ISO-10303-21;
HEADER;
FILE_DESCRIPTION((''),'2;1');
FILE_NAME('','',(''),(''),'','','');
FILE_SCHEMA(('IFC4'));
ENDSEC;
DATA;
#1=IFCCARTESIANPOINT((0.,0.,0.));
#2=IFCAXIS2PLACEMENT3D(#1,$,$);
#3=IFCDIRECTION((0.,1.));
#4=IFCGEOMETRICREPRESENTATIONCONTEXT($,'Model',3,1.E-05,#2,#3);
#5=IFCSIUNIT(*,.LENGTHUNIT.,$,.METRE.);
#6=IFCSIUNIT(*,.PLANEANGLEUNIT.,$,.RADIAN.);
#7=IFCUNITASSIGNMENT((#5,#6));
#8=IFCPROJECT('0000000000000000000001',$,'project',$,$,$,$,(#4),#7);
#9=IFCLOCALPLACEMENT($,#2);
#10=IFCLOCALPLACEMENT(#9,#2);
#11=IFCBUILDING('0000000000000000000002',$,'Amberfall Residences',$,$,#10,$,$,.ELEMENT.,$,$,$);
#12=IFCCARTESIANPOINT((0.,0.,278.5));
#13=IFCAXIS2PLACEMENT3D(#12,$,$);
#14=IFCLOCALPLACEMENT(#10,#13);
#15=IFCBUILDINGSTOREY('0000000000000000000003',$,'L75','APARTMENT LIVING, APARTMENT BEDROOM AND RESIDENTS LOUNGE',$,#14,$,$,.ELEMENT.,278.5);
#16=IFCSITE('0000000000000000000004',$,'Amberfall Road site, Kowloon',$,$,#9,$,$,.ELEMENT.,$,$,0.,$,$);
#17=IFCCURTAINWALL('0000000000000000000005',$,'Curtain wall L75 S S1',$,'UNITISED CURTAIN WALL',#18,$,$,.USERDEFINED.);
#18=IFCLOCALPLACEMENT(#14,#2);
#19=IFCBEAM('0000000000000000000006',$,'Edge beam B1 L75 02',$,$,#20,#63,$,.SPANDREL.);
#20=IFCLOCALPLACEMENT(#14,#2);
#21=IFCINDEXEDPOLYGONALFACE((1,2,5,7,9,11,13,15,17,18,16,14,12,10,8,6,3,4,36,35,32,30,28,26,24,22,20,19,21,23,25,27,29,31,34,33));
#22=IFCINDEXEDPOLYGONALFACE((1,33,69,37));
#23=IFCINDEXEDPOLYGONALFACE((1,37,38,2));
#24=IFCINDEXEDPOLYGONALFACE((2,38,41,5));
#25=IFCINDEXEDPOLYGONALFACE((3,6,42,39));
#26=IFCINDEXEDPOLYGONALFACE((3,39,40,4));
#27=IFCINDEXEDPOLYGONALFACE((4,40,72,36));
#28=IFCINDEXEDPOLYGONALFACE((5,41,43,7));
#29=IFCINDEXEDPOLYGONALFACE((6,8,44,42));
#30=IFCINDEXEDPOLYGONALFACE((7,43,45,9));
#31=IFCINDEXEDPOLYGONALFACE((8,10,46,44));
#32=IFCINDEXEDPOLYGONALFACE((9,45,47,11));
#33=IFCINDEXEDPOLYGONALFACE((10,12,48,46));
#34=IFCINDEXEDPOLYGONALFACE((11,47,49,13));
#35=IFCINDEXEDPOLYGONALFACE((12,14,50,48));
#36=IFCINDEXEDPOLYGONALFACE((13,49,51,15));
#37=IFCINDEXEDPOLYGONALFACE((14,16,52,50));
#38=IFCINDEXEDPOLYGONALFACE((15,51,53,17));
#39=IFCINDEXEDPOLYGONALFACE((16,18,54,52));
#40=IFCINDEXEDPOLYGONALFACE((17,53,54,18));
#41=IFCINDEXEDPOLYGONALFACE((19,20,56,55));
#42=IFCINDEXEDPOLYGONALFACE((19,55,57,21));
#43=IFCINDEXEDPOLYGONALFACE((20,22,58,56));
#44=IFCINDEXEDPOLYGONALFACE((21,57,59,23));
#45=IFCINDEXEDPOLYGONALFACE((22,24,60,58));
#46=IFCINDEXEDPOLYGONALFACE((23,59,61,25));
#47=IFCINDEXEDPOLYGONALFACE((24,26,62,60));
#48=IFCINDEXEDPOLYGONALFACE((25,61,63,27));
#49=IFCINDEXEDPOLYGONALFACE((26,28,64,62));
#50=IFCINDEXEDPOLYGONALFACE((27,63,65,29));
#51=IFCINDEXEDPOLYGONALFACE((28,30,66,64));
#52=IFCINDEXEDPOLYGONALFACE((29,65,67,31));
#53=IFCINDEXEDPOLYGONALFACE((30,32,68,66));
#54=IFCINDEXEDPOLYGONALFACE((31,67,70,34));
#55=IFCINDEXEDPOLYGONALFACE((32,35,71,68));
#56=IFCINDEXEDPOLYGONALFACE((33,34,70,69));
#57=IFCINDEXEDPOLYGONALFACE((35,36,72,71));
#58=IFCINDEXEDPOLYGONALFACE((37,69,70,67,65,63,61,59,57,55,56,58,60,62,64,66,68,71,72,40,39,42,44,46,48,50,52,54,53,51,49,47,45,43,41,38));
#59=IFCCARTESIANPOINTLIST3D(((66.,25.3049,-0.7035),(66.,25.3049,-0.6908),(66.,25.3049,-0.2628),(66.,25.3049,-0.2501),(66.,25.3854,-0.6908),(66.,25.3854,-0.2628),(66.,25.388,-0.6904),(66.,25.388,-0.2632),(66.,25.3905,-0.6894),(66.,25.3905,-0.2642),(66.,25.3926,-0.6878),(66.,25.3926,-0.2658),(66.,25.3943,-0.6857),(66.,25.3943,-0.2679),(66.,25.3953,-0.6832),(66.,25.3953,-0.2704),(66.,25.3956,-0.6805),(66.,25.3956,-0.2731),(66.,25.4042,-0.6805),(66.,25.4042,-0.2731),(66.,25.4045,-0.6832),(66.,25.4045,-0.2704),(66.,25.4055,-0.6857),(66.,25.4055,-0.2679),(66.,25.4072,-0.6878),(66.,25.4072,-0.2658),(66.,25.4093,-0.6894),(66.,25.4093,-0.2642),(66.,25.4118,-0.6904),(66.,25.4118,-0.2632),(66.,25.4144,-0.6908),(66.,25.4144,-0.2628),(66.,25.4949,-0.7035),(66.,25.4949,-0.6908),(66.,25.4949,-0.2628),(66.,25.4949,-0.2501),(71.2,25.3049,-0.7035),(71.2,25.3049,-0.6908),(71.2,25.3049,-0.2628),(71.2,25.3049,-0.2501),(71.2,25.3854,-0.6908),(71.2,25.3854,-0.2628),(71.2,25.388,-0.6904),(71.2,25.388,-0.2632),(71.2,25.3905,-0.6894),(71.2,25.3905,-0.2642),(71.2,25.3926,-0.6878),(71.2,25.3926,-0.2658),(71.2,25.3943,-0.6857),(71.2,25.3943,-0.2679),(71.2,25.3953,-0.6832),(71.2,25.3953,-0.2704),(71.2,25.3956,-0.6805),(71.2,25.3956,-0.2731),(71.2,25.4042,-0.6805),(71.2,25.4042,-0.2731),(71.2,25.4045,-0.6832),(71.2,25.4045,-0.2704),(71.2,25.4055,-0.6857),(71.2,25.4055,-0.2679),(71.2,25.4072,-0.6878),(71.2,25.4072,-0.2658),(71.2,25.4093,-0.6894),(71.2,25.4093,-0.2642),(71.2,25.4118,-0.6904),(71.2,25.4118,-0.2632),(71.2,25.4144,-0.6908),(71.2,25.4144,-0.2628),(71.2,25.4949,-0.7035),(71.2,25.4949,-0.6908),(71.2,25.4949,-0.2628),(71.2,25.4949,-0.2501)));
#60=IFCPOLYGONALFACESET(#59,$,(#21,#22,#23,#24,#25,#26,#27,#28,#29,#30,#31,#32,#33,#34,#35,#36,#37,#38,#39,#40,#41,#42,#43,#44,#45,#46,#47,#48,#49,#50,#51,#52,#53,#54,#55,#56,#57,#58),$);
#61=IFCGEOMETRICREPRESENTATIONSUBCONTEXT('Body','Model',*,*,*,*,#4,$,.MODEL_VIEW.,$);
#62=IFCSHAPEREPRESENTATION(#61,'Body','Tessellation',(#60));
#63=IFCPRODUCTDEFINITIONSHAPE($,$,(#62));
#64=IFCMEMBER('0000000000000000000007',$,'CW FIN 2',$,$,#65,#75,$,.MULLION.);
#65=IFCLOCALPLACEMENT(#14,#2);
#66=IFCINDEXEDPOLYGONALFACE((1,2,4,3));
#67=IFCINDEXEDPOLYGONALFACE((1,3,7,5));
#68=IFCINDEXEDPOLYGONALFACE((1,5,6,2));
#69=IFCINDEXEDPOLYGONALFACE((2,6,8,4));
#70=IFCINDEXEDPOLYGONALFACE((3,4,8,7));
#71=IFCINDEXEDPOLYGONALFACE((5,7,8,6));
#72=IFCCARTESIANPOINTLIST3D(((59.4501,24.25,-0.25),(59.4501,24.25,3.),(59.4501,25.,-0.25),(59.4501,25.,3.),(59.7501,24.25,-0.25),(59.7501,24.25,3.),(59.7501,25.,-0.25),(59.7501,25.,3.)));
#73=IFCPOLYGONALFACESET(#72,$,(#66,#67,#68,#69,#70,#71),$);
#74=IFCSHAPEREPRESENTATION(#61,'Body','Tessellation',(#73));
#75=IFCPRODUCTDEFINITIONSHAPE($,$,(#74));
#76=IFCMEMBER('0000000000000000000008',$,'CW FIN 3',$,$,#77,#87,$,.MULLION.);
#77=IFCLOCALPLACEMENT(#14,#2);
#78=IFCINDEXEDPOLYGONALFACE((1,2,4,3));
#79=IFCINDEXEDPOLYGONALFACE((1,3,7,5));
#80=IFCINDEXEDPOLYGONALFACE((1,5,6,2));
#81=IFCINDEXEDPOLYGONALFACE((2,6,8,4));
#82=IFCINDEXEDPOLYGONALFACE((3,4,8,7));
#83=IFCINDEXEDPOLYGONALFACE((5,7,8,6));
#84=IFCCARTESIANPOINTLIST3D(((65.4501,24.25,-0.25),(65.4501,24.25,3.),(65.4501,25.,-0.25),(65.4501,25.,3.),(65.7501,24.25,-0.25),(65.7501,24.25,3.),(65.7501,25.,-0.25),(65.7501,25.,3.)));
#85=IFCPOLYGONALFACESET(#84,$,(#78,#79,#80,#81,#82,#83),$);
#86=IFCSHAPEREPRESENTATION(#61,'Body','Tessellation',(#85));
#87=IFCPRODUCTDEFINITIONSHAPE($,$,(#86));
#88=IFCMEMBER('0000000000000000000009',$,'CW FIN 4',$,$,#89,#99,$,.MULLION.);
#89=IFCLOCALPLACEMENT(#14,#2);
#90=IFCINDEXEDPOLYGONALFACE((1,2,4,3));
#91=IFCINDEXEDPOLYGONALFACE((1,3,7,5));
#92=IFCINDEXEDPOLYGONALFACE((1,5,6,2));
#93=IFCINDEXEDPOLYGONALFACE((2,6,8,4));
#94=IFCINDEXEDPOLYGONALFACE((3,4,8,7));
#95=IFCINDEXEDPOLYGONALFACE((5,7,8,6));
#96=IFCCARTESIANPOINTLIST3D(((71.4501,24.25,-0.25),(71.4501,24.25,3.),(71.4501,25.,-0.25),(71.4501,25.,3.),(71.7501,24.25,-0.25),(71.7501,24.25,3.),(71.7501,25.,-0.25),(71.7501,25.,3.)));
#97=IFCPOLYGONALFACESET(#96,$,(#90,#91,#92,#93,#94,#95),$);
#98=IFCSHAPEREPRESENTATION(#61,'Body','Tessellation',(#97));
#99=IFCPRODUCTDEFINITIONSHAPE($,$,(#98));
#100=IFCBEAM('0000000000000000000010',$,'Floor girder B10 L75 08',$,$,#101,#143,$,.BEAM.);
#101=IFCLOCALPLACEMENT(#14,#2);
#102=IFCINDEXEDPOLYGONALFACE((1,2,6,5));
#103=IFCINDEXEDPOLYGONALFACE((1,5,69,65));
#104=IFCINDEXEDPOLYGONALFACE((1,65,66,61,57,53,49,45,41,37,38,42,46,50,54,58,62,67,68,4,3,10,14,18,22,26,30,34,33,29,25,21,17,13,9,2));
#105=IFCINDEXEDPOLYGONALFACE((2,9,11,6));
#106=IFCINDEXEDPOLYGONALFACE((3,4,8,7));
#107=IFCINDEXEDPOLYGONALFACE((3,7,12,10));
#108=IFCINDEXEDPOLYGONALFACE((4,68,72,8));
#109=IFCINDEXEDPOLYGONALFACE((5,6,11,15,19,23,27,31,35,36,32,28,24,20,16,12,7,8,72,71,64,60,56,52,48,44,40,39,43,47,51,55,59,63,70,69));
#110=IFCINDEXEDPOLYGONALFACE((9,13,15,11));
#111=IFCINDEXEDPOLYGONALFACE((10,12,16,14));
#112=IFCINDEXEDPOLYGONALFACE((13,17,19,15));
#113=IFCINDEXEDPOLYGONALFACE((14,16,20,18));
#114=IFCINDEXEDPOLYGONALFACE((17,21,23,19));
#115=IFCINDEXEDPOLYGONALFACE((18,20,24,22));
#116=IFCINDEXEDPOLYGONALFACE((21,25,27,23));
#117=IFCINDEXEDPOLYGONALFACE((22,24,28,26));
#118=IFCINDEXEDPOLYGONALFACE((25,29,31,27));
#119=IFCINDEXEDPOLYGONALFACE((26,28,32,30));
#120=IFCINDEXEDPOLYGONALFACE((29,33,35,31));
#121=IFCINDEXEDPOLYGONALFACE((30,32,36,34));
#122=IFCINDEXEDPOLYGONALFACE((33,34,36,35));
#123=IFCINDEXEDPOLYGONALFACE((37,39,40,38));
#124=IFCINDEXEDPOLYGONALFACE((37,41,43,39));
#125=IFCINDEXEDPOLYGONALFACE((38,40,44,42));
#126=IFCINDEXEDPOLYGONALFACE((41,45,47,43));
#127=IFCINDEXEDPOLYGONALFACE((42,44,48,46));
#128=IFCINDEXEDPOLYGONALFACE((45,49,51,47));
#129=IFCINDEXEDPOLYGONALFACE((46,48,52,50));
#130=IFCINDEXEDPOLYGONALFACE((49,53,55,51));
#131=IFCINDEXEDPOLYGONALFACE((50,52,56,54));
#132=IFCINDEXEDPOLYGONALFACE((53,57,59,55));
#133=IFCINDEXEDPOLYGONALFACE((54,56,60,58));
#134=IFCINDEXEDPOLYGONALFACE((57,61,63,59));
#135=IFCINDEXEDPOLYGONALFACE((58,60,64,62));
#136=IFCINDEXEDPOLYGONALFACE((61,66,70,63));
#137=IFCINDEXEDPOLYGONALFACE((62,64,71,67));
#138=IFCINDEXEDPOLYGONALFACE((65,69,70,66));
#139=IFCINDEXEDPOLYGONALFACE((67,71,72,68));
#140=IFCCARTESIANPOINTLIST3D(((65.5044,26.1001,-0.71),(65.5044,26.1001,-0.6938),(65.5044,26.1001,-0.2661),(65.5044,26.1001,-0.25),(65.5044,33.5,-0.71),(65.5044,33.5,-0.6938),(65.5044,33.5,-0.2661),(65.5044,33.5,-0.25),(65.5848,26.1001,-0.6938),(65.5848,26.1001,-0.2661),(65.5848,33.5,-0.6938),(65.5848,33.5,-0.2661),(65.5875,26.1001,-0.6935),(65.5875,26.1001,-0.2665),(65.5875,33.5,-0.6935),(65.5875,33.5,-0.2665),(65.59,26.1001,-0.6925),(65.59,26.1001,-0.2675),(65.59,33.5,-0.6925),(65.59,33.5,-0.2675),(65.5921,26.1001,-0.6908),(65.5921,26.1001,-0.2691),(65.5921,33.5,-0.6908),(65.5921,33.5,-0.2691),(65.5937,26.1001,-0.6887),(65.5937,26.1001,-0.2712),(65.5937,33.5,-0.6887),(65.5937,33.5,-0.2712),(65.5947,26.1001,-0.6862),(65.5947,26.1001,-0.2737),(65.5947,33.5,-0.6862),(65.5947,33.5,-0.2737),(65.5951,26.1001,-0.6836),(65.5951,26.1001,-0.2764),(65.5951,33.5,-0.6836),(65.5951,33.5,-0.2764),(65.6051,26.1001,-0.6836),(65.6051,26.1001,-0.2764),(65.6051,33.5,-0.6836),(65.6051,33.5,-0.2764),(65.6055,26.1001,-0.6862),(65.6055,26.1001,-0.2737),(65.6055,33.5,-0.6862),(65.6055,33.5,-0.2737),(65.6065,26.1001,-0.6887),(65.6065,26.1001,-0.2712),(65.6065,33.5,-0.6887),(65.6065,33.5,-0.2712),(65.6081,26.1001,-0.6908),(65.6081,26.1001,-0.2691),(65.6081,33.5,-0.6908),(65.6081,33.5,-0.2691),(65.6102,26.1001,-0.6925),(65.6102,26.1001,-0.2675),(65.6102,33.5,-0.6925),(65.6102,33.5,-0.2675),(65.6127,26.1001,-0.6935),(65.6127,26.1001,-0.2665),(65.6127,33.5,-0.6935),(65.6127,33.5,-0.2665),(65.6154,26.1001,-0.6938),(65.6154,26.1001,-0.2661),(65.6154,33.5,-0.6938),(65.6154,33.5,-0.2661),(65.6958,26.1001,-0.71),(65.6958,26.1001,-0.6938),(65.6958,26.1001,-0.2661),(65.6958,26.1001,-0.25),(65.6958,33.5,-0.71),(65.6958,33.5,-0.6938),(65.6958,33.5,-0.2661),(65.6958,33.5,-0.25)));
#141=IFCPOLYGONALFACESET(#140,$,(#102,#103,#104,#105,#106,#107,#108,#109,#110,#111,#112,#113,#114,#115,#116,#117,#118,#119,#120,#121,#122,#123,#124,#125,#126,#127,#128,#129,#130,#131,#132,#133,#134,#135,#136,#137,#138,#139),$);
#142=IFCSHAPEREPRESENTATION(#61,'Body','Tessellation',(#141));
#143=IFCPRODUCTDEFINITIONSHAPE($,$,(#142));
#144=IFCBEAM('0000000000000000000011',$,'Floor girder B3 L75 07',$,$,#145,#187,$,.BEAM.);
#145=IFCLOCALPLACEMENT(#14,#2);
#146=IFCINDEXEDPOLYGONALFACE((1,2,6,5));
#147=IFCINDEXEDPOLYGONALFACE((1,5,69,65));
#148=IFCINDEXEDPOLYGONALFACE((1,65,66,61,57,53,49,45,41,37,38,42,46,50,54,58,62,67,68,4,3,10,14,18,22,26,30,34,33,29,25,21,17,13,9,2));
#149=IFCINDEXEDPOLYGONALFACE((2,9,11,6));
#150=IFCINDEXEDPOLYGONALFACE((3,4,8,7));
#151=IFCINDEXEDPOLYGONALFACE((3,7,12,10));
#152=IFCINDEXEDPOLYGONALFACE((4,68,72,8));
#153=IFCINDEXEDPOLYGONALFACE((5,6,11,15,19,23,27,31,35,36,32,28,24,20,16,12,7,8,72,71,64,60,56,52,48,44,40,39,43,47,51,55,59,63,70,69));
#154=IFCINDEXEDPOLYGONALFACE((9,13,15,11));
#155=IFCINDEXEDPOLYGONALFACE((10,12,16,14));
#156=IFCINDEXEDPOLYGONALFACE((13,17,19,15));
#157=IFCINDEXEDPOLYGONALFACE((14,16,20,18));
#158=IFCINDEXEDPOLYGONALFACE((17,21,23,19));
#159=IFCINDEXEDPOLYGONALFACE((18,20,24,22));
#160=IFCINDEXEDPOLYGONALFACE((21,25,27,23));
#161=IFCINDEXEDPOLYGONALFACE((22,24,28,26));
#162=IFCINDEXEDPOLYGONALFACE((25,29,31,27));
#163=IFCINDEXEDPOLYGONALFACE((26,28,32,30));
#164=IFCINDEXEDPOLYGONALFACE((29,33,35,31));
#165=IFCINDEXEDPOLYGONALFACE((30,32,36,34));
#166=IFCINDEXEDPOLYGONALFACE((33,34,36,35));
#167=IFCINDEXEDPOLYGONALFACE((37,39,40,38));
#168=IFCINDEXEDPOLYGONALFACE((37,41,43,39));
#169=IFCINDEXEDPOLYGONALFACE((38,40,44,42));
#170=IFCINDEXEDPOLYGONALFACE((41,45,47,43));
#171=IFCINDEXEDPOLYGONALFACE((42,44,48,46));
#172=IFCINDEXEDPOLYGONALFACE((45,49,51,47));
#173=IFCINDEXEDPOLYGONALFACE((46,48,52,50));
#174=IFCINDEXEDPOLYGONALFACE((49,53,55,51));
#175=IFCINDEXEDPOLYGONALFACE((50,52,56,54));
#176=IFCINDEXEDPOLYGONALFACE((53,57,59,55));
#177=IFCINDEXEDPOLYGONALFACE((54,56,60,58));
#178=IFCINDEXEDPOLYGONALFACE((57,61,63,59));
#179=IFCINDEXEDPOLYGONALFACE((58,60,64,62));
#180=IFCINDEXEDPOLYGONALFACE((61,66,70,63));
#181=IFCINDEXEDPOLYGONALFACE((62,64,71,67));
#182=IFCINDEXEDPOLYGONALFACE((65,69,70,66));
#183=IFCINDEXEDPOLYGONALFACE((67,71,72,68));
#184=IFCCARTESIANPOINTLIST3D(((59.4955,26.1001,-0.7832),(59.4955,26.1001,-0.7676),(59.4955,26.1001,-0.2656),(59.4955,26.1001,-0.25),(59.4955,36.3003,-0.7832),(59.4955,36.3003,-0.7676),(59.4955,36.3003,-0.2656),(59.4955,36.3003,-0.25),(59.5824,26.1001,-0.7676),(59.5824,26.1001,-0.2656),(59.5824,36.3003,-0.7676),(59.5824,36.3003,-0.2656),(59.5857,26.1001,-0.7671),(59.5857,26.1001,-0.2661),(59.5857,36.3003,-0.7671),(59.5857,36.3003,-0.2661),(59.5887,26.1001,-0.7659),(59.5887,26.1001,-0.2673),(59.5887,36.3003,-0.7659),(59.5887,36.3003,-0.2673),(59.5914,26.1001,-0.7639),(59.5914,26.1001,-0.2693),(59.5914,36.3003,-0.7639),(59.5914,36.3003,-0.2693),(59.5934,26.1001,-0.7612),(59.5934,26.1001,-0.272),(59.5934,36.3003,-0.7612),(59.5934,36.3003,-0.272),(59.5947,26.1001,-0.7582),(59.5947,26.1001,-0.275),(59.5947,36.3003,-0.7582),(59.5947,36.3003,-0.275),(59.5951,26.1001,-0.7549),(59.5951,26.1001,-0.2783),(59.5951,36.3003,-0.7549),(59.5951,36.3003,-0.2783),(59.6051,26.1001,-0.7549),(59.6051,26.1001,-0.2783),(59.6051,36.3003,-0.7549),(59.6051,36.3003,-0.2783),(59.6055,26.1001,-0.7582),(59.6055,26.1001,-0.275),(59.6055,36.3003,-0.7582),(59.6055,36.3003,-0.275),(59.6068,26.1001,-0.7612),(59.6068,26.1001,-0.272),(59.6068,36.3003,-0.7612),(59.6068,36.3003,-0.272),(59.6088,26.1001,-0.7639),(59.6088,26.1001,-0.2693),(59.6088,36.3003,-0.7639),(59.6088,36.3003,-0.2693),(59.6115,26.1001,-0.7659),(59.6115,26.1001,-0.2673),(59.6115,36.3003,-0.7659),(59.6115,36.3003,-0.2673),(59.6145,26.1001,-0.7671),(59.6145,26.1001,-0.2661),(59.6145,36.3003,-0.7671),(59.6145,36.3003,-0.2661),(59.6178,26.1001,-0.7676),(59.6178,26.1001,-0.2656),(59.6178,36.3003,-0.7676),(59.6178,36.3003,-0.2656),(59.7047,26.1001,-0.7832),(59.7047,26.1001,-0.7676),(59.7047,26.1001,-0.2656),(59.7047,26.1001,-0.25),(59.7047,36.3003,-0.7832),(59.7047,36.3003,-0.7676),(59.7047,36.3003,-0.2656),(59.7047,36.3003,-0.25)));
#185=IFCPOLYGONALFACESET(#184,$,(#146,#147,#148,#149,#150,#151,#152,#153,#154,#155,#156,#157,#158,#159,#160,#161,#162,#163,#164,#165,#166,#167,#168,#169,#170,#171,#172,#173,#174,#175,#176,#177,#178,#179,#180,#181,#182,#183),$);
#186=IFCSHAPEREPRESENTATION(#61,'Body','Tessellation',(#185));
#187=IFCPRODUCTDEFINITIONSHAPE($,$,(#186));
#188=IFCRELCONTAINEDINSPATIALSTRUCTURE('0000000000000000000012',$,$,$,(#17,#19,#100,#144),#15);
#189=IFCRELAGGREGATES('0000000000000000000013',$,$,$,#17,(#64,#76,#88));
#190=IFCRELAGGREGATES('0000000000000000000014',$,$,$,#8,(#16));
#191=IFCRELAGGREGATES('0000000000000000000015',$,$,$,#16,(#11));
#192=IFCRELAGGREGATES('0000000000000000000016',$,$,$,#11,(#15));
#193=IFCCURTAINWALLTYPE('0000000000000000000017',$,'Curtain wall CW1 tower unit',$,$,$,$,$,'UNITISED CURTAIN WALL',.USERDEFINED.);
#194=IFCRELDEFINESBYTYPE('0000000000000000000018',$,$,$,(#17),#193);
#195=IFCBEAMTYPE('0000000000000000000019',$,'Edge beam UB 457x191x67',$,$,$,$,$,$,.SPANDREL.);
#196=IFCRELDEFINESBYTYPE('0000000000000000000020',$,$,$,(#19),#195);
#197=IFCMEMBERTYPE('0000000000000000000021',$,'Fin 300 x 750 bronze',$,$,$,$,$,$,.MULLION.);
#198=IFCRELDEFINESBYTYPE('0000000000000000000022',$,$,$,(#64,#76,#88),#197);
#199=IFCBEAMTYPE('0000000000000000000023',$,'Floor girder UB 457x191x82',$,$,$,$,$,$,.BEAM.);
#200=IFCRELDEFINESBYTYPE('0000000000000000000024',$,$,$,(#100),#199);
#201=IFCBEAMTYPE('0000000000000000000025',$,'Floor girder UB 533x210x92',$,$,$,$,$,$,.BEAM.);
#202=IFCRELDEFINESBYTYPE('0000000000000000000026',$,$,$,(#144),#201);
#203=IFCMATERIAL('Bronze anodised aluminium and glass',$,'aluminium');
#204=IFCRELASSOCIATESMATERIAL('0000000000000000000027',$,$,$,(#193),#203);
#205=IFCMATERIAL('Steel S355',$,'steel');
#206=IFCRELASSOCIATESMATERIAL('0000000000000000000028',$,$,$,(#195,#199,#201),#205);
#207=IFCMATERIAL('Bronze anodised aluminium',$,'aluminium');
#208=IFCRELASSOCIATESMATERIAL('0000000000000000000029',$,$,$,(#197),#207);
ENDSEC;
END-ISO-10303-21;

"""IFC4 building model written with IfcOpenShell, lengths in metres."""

from ifc_helpers import new_model, si_unit, direction, frame, origin, origin_2d, place, context, subcontext, project, spatial, rectangle, i_section, extrude, material, material_profile, profile_set, type_object, element, aggregate, save


model = new_model("IFC4")

# Units and contexts
model_context = context("Model", 3, precision=1e-05, world=origin(), true_north=direction((0.0, 1.0)))
body_context = subcontext(model_context, "Body", "Model", "MODEL_VIEW")
ifc_project = project(units=[si_unit("LENGTHUNIT", "METRE"), si_unit("PLANEANGLEUNIT", "RADIAN")], contexts=[model_context])

# Site, building, storey
site_placement = place(None, origin())
site = spatial("IfcSite", under=ifc_project, at=site_placement, Name="Amberfall Road site, Kowloon", CompositionType="ELEMENT", RefElevation=0.0)
building_placement = place(site_placement, origin())
building = spatial("IfcBuilding", under=site, at=building_placement, Name="Amberfall Residences", CompositionType="ELEMENT")
storey_placement = place(building_placement, frame((0.0, 0.0, 278.5)))
storey = spatial("IfcBuildingStorey", under=building, at=storey_placement, Name="L75", Description="APARTMENT LIVING, APARTMENT BEDROOM AND RESIDENTS LOUNGE", CompositionType="ELEMENT", Elevation=278.5)

# Curtain wall
ifc_material_1 = material(Name="Bronze anodised aluminium and glass", Category="aluminium")
curtain_wall_type = type_object("IfcCurtainWallType", Name="Curtain wall CW1 tower unit", ElementType="UNITISED CURTAIN WALL", PredefinedType="USERDEFINED", material=ifc_material_1)
curtain_wall_placement = place(storey_placement, origin())
curtain_wall = element("IfcCurtainWall", 1, at=curtain_wall_placement, inside=storey, type_object=curtain_wall_type, Name="Curtain wall L75 S S1", ObjectType="UNITISED CURTAIN WALL", PredefinedType="USERDEFINED")
ifc_material_2 = material(Name="Bronze anodised aluminium", Category="aluminium")

# Beam
ifc_material_3 = material(Name="Steel S355", Category="steel")
ifc_material_profile_1 = material_profile(ifc_material_3, i_section(OverallWidth=0.1899, OverallDepth=0.4534, WebThickness=0.0085, FlangeThickness=0.0127, FilletRadius=0.0103, at=origin_2d()), Name="UB 457x191x67")
ifc_profile_set_1 = profile_set([ifc_material_profile_1], Name="Steel S355")
beam_type_1 = type_object("IfcBeamType", Name="Edge beam UB 457x191x67", PredefinedType="SPANDREL", material=ifc_profile_set_1)
for number, where, z_axis, x_axis, name in (
    (2, (66.0, 25.3999, -0.4768), (1.0, 0.0, 0.0), (0.0, 1.0, 0.0), "Edge beam B1 L75 02"),
):
    element("IfcBeam", number, at=place(storey_placement, frame(where, z_axis=z_axis, x_axis=x_axis)), inside=storey, type_object=beam_type_1, Name=name, PredefinedType="SPANDREL", context=body_context, shape_type="SweptSolid", body=[
        extrude(i_section(OverallWidth=0.1899, OverallDepth=0.4534, WebThickness=0.0085, FlangeThickness=0.0127, FilletRadius=0.0103, at=origin_2d()), origin(), (0.0, 0.0, 1.0), 5.2),
    ])

# Members
ifc_material_profile_2 = material_profile(ifc_material_2, rectangle(XDim=0.75, YDim=0.3, at=origin_2d()), Name="Fin 300 x 750 bronze")
ifc_profile_set_2 = profile_set([ifc_material_profile_2], Name="Bronze anodised aluminium")
member_type_1 = type_object("IfcMemberType", Name="Fin 300 x 750 bronze", PredefinedType="MULLION", material=ifc_profile_set_2)
member_1_placement = place(storey_placement, frame((59.6001, 24.625, -0.25), z_axis=(0.0, 0.0, 1.0), x_axis=(0.0, 1.0, 0.0)))
member_1 = element("IfcMember", 3, at=member_1_placement, type_object=member_type_1, Name="CW FIN 2", PredefinedType="MULLION", context=body_context, shape_type="SweptSolid", body=[
    extrude(rectangle(XDim=0.75, YDim=0.3, at=origin_2d()), origin(), (0.0, 0.0, 1.0), 3.25),
])
member_2_placement = place(storey_placement, frame((65.6001, 24.625, -0.25), z_axis=(0.0, 0.0, 1.0), x_axis=(0.0, 1.0, 0.0)))
member_2 = element("IfcMember", 4, at=member_2_placement, type_object=member_type_1, Name="CW FIN 3", PredefinedType="MULLION", context=body_context, shape_type="SweptSolid", body=[
    extrude(rectangle(XDim=0.75, YDim=0.3, at=origin_2d()), origin(), (0.0, 0.0, 1.0), 3.25),
])
member_3_placement = place(storey_placement, frame((71.6001, 24.625, -0.25), z_axis=(0.0, 0.0, 1.0), x_axis=(0.0, 1.0, 0.0)))
member_3 = element("IfcMember", 5, at=member_3_placement, type_object=member_type_1, Name="CW FIN 4", PredefinedType="MULLION", context=body_context, shape_type="SweptSolid", body=[
    extrude(rectangle(XDim=0.75, YDim=0.3, at=origin_2d()), origin(), (0.0, 0.0, 1.0), 3.25),
])

# Beams
ifc_material_profile_3 = material_profile(ifc_material_3, i_section(OverallWidth=0.1914, OverallDepth=0.46, WebThickness=0.01, FlangeThickness=0.0161, FilletRadius=0.0103, at=origin_2d()), Name="UB 457x191x82")
ifc_profile_set_3 = profile_set([ifc_material_profile_3], Name="Steel S355")
beam_type_2 = type_object("IfcBeamType", Name="Floor girder UB 457x191x82", PredefinedType="BEAM", material=ifc_profile_set_3)
beam_1_placement = place(storey_placement, frame((65.6001, 26.1001, -0.48), z_axis=(0.0, 1.0, 0.0), x_axis=(-1.0, 0.0, 0.0)))
element("IfcBeam", 6, at=beam_1_placement, inside=storey, type_object=beam_type_2, Name="Floor girder B10 L75 08", PredefinedType="BEAM", context=body_context, shape_type="SweptSolid", body=[
    extrude(i_section(OverallWidth=0.1914, OverallDepth=0.46, WebThickness=0.01, FlangeThickness=0.0161, FilletRadius=0.0103, at=origin_2d()), origin(), (0.0, 0.0, 1.0), 7.3999),
])
ifc_material_profile_4 = material_profile(ifc_material_3, i_section(OverallWidth=0.2092, OverallDepth=0.5332, WebThickness=0.01, FlangeThickness=0.0156, FilletRadius=0.0127, at=origin_2d()), Name="UB 533x210x92")
ifc_profile_set_4 = profile_set([ifc_material_profile_4], Name="Steel S355")
beam_type_3 = type_object("IfcBeamType", Name="Floor girder UB 533x210x92", PredefinedType="BEAM", material=ifc_profile_set_4)
beam_2_placement = place(storey_placement, frame((59.6001, 26.1001, -0.5166), z_axis=(0.0, 1.0, 0.0), x_axis=(-1.0, 0.0, 0.0)))
element("IfcBeam", 7, at=beam_2_placement, inside=storey, type_object=beam_type_3, Name="Floor girder B3 L75 07", PredefinedType="BEAM", context=body_context, shape_type="SweptSolid", body=[
    extrude(i_section(OverallWidth=0.2092, OverallDepth=0.5332, WebThickness=0.01, FlangeThickness=0.0156, FilletRadius=0.0127, at=origin_2d()), origin(), (0.0, 0.0, 1.0), 10.2002),
])

aggregate(curtain_wall, [member_1, member_2, member_3])

save(model, "model.ifc")
